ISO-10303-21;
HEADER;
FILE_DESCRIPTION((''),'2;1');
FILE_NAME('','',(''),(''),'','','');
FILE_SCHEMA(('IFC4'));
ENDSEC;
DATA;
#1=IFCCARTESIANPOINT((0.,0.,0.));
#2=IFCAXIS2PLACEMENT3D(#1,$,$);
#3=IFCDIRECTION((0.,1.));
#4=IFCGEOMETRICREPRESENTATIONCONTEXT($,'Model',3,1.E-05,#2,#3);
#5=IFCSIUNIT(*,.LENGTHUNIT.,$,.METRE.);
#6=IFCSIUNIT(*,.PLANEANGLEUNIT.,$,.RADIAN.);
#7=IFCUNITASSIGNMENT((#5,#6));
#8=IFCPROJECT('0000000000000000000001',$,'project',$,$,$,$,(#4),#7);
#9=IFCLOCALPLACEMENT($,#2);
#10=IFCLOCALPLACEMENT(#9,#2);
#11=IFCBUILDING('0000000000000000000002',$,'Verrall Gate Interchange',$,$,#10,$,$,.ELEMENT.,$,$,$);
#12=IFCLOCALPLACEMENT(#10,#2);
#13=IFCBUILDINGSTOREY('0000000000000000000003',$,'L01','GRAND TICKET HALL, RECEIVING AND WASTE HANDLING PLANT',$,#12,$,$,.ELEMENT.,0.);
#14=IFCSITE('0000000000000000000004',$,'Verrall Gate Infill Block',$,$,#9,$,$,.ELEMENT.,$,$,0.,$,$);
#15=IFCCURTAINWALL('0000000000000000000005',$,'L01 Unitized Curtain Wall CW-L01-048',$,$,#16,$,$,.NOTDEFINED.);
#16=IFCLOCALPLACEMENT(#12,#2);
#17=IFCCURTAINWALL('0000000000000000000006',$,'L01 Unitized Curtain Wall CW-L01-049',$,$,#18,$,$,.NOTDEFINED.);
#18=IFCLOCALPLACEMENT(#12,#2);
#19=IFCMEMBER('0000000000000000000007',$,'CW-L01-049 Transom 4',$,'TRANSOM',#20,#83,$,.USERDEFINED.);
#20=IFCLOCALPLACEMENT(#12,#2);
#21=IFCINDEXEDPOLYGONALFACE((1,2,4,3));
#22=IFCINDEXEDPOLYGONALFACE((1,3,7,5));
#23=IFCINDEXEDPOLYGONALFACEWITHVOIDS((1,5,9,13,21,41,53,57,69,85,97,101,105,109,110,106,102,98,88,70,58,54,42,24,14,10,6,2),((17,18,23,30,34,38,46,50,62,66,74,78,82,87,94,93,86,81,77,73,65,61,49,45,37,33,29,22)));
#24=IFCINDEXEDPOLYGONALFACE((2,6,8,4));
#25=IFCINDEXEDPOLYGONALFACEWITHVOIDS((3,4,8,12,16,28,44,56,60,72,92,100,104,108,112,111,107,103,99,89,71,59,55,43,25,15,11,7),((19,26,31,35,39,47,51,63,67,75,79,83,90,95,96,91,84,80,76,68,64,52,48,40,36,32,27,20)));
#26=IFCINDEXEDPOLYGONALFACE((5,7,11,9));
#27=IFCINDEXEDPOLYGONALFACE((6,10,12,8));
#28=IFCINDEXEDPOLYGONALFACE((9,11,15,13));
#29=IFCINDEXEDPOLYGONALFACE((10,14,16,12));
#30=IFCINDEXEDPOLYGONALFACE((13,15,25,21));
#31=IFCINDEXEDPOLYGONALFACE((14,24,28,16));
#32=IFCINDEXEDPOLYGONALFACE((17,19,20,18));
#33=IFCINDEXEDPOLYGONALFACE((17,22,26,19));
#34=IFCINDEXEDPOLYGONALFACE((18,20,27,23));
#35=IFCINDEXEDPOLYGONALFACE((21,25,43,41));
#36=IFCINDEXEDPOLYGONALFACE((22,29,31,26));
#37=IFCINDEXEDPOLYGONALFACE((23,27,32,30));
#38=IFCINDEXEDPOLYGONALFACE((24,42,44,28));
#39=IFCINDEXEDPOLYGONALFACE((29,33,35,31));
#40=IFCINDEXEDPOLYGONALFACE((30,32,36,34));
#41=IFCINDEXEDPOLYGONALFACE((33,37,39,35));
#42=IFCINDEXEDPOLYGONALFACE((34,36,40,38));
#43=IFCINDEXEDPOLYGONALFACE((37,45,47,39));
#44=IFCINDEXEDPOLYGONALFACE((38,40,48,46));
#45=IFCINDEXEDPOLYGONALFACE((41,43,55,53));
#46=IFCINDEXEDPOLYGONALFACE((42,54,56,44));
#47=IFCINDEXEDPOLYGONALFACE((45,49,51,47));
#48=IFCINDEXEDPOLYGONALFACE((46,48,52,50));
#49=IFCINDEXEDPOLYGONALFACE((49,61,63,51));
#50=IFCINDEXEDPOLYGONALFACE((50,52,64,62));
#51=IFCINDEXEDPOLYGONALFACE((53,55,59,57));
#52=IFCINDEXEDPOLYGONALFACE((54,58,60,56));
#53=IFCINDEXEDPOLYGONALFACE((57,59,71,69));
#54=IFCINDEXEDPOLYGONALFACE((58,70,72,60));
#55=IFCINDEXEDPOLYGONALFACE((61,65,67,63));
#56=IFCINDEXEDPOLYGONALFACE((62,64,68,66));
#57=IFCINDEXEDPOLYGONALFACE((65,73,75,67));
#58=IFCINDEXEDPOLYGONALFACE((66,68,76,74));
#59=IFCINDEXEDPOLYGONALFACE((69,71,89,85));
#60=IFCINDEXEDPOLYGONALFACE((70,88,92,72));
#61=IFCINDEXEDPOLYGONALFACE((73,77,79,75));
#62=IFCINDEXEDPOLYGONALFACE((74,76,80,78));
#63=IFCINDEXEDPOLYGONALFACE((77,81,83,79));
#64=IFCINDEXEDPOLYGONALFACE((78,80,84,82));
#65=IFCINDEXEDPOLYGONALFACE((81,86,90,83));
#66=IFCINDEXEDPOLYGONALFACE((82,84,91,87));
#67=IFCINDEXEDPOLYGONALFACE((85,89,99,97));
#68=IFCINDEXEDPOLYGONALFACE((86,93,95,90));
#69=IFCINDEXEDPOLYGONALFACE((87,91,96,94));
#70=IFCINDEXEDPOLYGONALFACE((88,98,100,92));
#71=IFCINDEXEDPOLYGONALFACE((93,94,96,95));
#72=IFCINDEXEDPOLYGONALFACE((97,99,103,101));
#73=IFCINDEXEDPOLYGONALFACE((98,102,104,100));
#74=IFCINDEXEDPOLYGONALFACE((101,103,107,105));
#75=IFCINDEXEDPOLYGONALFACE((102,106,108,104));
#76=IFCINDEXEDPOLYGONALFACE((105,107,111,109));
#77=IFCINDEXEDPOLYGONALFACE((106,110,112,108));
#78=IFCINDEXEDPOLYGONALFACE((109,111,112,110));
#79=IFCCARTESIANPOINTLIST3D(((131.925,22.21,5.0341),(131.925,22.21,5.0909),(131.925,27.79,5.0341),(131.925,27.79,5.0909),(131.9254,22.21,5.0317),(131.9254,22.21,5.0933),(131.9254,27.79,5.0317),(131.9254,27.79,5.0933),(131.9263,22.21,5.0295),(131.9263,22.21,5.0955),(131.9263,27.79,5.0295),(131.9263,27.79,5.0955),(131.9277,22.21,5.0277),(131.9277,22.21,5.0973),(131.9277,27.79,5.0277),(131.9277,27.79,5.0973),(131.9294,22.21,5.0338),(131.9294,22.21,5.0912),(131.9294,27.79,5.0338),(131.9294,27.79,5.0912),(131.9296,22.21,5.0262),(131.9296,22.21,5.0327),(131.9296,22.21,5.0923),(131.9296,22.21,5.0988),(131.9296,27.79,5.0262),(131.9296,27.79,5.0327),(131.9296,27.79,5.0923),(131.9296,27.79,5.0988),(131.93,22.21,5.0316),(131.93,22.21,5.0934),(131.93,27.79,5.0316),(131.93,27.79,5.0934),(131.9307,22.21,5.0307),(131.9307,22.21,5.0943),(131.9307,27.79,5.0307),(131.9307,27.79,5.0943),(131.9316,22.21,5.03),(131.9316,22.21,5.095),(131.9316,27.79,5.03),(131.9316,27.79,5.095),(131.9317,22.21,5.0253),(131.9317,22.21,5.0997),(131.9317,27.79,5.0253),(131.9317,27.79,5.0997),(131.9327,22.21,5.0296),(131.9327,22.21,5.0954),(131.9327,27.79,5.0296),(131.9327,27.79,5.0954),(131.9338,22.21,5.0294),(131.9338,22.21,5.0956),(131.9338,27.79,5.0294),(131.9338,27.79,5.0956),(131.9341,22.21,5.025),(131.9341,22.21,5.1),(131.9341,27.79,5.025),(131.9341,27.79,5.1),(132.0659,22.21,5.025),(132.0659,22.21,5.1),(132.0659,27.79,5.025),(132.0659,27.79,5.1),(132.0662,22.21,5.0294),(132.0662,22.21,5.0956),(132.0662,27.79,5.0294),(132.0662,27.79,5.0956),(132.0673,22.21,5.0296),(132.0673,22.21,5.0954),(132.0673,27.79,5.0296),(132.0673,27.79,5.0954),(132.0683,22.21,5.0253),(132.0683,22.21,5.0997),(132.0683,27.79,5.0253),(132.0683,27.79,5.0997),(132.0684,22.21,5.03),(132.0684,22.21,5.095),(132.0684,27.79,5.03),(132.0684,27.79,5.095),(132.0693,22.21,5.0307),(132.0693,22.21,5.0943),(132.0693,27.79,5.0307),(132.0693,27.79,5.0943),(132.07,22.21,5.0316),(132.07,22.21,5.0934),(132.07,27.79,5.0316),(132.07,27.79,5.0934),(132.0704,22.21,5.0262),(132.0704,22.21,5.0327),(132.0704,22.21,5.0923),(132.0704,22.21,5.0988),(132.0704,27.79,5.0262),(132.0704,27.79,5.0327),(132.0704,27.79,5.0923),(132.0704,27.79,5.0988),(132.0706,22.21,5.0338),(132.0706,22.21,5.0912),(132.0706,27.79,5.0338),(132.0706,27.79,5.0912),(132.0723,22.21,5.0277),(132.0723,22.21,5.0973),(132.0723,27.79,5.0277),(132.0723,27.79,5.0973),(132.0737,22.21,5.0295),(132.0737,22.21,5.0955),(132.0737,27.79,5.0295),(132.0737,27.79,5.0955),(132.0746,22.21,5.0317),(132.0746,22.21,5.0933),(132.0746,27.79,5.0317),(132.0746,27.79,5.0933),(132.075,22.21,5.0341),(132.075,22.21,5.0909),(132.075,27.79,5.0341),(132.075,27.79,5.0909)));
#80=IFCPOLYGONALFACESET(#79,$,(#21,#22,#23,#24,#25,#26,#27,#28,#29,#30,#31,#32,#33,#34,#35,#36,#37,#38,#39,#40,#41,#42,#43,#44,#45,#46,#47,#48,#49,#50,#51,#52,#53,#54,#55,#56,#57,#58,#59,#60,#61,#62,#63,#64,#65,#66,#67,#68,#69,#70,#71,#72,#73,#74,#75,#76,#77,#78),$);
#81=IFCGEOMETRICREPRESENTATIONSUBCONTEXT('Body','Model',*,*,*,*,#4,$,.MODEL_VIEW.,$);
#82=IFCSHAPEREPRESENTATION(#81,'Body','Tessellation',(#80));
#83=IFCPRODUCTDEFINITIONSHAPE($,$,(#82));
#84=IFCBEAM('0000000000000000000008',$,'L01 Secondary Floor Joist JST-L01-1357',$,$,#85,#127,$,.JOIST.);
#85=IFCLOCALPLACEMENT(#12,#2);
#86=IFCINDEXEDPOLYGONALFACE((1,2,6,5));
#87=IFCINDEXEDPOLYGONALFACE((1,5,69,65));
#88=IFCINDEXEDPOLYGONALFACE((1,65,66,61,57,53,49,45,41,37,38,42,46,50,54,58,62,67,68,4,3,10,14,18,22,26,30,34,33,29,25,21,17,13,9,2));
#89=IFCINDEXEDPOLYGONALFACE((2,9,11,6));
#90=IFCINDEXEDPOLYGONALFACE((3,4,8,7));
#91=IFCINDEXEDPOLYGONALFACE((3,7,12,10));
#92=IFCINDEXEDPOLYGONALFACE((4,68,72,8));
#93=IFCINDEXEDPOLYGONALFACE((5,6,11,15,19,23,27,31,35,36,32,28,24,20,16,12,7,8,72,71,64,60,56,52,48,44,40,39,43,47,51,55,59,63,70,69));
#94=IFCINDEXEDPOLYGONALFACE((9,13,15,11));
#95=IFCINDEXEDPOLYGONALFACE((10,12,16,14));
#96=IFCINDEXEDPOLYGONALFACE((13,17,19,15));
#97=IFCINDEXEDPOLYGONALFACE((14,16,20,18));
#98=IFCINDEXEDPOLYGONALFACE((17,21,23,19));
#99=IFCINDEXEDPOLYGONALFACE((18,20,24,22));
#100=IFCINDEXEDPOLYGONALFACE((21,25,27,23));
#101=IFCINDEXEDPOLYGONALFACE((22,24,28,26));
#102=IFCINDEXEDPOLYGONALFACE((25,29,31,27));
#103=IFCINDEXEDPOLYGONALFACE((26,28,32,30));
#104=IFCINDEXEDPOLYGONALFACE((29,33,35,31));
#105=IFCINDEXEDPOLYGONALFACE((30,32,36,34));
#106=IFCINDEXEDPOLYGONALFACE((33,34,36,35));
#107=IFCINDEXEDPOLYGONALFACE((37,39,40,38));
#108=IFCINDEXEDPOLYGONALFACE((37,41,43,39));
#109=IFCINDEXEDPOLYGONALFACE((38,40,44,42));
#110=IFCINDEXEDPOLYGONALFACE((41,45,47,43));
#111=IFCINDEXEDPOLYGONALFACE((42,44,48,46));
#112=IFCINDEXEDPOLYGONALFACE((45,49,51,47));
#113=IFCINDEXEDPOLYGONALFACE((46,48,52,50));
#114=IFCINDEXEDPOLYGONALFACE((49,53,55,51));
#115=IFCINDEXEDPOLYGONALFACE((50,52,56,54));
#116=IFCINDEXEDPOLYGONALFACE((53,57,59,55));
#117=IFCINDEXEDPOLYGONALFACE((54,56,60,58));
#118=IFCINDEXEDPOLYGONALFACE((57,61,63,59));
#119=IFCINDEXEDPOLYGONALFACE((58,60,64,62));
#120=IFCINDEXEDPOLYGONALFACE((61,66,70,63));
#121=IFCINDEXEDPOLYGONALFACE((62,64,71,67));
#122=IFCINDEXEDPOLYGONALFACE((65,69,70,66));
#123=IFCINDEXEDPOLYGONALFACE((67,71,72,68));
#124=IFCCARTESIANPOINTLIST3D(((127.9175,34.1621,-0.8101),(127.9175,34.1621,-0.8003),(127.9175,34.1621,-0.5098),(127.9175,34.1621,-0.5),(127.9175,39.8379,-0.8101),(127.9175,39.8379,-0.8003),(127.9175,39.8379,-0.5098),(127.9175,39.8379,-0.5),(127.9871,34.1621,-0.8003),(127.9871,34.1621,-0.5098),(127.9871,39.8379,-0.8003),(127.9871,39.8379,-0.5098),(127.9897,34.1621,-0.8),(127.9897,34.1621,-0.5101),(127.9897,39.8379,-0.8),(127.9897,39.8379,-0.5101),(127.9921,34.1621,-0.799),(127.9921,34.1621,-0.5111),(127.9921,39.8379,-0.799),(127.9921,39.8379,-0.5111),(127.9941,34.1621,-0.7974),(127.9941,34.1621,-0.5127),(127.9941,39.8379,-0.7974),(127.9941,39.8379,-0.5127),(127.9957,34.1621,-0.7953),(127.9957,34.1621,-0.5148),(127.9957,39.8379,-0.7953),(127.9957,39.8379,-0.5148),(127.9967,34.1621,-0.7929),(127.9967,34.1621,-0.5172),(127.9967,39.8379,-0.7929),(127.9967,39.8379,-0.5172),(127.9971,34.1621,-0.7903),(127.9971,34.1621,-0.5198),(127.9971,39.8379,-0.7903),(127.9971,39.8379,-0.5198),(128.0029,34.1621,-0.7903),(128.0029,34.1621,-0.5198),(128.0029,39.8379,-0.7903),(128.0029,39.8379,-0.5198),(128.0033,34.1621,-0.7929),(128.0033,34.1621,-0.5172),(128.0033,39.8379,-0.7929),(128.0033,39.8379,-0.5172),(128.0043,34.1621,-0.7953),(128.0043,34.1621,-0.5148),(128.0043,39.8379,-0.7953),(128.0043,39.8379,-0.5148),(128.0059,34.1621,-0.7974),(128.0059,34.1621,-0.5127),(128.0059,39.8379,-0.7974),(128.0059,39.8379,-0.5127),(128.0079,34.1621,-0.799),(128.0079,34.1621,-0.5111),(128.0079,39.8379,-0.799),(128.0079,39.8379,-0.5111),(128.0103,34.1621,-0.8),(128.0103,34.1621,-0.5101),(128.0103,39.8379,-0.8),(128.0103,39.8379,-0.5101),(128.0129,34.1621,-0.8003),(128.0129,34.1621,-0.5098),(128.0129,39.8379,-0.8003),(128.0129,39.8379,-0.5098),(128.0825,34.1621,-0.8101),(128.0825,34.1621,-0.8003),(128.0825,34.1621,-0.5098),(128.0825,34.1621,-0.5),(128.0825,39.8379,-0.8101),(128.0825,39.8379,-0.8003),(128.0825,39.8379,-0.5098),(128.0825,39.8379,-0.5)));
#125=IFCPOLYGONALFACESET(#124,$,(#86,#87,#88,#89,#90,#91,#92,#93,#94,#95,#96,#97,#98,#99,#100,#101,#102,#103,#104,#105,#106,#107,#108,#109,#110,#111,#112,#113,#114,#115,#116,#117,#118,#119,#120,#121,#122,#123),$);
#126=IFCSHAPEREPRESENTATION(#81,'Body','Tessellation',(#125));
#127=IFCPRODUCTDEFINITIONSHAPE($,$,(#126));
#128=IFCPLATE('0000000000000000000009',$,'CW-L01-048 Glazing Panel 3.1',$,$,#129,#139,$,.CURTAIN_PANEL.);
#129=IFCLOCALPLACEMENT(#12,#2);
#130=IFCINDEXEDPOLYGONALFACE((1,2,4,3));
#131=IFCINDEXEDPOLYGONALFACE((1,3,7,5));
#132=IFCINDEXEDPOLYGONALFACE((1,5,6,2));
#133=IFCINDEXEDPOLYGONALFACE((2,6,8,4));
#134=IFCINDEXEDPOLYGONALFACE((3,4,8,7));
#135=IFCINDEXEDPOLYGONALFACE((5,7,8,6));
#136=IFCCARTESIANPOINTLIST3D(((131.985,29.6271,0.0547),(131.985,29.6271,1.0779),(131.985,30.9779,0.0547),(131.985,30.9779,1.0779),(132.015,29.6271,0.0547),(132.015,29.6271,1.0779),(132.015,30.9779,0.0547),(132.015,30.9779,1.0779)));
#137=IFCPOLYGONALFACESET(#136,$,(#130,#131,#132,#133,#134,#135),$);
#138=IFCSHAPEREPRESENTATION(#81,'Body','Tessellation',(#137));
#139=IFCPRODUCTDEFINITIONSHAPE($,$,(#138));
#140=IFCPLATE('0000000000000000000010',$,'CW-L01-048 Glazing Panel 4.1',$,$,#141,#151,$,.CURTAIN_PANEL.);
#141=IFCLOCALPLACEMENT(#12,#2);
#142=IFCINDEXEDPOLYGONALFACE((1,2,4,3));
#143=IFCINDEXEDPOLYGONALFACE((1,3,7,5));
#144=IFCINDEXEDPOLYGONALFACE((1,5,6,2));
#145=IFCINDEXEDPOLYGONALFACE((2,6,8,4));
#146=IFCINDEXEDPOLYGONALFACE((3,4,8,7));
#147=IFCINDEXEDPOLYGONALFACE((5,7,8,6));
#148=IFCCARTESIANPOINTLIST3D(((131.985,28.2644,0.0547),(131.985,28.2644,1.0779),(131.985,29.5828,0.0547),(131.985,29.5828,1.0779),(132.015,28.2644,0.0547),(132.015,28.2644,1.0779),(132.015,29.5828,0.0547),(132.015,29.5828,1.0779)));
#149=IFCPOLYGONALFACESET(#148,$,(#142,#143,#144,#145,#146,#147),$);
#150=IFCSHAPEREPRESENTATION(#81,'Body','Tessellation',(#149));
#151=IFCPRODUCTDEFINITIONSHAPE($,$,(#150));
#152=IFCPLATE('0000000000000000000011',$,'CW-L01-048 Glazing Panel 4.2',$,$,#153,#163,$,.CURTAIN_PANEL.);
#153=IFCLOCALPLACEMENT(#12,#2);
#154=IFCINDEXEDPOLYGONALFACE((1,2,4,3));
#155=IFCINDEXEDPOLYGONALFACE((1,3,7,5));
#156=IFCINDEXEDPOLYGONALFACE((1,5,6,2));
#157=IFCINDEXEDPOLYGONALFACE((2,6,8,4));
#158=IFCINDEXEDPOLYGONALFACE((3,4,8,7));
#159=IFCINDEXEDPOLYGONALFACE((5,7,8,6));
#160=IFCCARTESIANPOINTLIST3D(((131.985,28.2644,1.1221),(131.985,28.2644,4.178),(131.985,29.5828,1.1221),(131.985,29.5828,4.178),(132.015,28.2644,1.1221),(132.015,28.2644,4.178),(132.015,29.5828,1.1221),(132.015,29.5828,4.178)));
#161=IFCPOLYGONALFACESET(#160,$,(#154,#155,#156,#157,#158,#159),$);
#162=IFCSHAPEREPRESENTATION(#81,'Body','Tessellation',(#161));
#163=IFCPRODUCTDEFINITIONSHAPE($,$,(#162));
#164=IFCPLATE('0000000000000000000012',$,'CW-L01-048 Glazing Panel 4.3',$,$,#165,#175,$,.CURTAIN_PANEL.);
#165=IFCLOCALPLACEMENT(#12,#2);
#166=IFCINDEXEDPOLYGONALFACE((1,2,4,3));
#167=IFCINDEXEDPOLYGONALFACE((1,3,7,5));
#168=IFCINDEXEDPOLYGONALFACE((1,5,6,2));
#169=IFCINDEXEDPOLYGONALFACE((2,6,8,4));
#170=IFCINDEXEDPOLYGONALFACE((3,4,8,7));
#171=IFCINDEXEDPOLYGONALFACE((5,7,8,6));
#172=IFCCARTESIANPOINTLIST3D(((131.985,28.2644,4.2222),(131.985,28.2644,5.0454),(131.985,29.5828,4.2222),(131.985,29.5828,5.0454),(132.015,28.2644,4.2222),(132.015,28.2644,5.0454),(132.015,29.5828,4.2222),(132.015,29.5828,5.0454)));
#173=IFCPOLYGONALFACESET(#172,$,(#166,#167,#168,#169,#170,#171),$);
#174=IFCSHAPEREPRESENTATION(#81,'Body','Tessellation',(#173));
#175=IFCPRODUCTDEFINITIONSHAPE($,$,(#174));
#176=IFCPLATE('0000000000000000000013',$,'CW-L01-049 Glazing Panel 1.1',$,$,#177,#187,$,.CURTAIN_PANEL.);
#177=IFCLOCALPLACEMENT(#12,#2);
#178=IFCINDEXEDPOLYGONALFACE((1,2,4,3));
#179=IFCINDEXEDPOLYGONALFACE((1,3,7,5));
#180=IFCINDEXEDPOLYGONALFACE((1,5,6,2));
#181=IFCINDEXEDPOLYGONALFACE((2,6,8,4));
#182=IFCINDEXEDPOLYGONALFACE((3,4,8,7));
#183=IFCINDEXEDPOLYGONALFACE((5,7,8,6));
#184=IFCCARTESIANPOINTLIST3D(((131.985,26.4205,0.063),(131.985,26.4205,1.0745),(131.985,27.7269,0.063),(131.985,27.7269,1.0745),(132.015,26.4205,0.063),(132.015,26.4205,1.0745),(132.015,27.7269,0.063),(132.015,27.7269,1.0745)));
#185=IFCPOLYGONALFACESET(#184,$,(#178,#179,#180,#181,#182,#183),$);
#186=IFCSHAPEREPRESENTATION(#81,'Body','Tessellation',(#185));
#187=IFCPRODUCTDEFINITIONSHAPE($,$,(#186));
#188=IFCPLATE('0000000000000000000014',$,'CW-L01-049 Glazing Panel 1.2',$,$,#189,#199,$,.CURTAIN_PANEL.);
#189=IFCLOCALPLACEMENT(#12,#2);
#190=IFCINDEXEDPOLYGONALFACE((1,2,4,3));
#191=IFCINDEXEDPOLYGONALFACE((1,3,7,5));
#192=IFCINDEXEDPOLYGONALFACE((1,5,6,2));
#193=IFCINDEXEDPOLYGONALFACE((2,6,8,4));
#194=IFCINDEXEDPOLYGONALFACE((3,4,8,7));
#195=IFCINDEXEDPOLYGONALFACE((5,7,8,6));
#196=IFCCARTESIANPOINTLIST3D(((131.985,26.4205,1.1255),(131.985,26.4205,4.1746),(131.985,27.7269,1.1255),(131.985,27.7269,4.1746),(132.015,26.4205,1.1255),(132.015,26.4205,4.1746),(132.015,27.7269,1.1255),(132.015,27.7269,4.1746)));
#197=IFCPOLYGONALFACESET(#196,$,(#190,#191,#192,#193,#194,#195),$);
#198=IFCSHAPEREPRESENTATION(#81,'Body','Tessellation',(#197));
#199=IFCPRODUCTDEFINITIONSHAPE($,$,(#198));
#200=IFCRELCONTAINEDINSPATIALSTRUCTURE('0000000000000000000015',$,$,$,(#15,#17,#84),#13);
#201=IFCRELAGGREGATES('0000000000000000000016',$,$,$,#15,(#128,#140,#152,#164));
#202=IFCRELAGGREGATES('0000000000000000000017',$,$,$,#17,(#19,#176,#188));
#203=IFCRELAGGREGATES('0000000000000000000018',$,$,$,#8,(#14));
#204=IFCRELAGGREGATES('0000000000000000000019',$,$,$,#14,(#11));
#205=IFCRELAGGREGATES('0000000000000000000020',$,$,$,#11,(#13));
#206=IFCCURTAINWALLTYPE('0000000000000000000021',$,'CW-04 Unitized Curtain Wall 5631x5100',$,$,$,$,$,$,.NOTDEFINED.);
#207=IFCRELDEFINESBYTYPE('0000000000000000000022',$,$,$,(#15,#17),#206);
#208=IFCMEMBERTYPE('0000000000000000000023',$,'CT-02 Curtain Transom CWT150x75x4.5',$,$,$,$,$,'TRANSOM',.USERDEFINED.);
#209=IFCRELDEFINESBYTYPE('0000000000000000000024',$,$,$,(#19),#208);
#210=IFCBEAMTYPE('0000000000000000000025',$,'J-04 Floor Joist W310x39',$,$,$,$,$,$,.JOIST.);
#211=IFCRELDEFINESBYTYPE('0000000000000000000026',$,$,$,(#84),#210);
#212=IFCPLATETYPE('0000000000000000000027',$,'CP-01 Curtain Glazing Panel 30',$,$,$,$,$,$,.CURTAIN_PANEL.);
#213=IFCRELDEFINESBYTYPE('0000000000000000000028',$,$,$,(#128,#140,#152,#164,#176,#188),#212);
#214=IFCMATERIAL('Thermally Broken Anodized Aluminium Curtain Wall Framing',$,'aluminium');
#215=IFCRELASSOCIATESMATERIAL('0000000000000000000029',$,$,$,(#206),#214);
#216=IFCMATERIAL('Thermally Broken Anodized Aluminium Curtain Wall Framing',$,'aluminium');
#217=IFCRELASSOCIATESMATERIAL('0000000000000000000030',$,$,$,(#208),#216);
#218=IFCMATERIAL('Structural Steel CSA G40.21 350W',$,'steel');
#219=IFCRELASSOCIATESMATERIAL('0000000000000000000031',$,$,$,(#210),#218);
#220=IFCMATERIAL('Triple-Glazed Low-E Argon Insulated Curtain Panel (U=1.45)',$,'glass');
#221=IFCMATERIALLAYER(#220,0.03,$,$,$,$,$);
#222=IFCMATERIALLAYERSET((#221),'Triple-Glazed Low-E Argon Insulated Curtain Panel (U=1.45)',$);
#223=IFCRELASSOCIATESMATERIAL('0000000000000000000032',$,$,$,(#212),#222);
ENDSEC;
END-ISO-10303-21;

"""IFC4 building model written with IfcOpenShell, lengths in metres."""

from ifc_helpers import new_model, si_unit, direction, frame, origin, origin_2d, place, context, subcontext, project, spatial, rectangle, hollow_rectangle, i_section, extrude, material, layer, layer_set, material_profile, profile_set, type_object, element, aggregate, save


model = new_model("IFC4")

# Units and contexts
model_context = context("Model", 3, precision=1e-05, world=origin(), true_north=direction((0.0, 1.0)))
body_context = subcontext(model_context, "Body", "Model", "MODEL_VIEW")
ifc_project = project(units=[si_unit("LENGTHUNIT", "METRE"), si_unit("PLANEANGLEUNIT", "RADIAN")], contexts=[model_context])

# Site, building, storey
site_placement = place(None, origin())
site = spatial("IfcSite", under=ifc_project, at=site_placement, Name="Verrall Gate Infill Block", CompositionType="ELEMENT", RefElevation=0.0)
building_placement = place(site_placement, origin())
building = spatial("IfcBuilding", under=site, at=building_placement, Name="Verrall Gate Interchange", CompositionType="ELEMENT")
storey_placement = place(building_placement, origin())
storey = spatial("IfcBuildingStorey", under=building, at=storey_placement, Name="L01", Description="GRAND TICKET HALL, RECEIVING AND WASTE HANDLING PLANT", CompositionType="ELEMENT", Elevation=0.0)

# Curtain walls, member
ifc_material_1 = material(Name="Thermally Broken Anodized Aluminium Curtain Wall Framing", Category="aluminium")
curtain_wall_type = type_object("IfcCurtainWallType", Name="CW-04 Unitized Curtain Wall 5631x5100", PredefinedType="NOTDEFINED", material=ifc_material_1)
curtain_wall_1_placement = place(storey_placement, origin())
curtain_wall_1 = element("IfcCurtainWall", 1, at=curtain_wall_1_placement, inside=storey, type_object=curtain_wall_type, Name="L01 Unitized Curtain Wall CW-L01-048", PredefinedType="NOTDEFINED")
curtain_wall_2_placement = place(storey_placement, origin())
curtain_wall_2 = element("IfcCurtainWall", 2, at=curtain_wall_2_placement, inside=storey, type_object=curtain_wall_type, Name="L01 Unitized Curtain Wall CW-L01-049", PredefinedType="NOTDEFINED")
ifc_material_2 = material(Name="Thermally Broken Anodized Aluminium Curtain Wall Framing", Category="aluminium")
ifc_material_profile_1 = material_profile(ifc_material_2, hollow_rectangle(XDim=0.1499, YDim=0.075, WallThickness=0.0044, InnerFilletRadius=0.0044, OuterFilletRadius=0.009, at=origin_2d()), Name="CWT150x75x4.5")
ifc_profile_set_1 = profile_set([ifc_material_profile_1], Name="Thermally Broken Anodized Aluminium Curtain Wall Framing")
member_type_1 = type_object("IfcMemberType", Name="CT-02 Curtain Transom CWT150x75x4.5", ElementType="TRANSOM", PredefinedType="USERDEFINED", material=ifc_profile_set_1)
member_1_placement = place(storey_placement, frame((132.0, 27.79, 5.0625), z_axis=(0.0, -1.0, 0.0), x_axis=(1.0, 0.0, 0.0)))
member_1 = element("IfcMember", 3, at=member_1_placement, type_object=member_type_1, Name="CW-L01-049 Transom 4", ObjectType="TRANSOM", PredefinedType="USERDEFINED", context=body_context, shape_type="SweptSolid", body=[
    extrude(hollow_rectangle(XDim=0.1499, YDim=0.075, WallThickness=0.0044, InnerFilletRadius=0.0044, OuterFilletRadius=0.009, at=origin_2d()), origin(), (0.0, 0.0, 1.0), 5.5801),
])

# Beam
ifc_material_3 = material(Name="Structural Steel CSA G40.21 350W", Category="steel")
ifc_material_profile_2 = material_profile(ifc_material_3, i_section(OverallWidth=0.165, OverallDepth=0.3101, WebThickness=0.0059, FlangeThickness=0.0098, FilletRadius=0.01, at=origin_2d()), Name="W310x39")
ifc_profile_set_2 = profile_set([ifc_material_profile_2], Name="Structural Steel CSA G40.21 350W")
beam_type_1 = type_object("IfcBeamType", Name="J-04 Floor Joist W310x39", PredefinedType="JOIST", material=ifc_profile_set_2)
beam_1_placement = place(storey_placement, frame((128.0, 34.1621, -0.655), z_axis=(0.0, 1.0, 0.0), x_axis=(-1.0, 0.0, 0.0)))
element("IfcBeam", 4, at=beam_1_placement, inside=storey, type_object=beam_type_1, Name="L01 Secondary Floor Joist JST-L01-1357", PredefinedType="JOIST", context=body_context, shape_type="SweptSolid", body=[
    extrude(i_section(OverallWidth=0.165, OverallDepth=0.3101, WebThickness=0.0059, FlangeThickness=0.0098, FilletRadius=0.01, at=origin_2d()), origin(), (0.0, 0.0, 1.0), 5.6758),
])

# Plates
ifc_material_4 = material(Name="Triple-Glazed Low-E Argon Insulated Curtain Panel (U=1.45)", Category="glass")
ifc_layer = layer(ifc_material_4, 0.03)
ifc_layer_set = layer_set([ifc_layer], Name="Triple-Glazed Low-E Argon Insulated Curtain Panel (U=1.45)")
plate_type = type_object("IfcPlateType", Name="CP-01 Curtain Glazing Panel 30", PredefinedType="CURTAIN_PANEL", material=ifc_layer_set)
plate_1_placement = place(storey_placement, frame((132.0, 30.3025, 0.0547), z_axis=(0.0, 0.0, 1.0), x_axis=(0.0, -1.0, 0.0)))
plate_1 = element("IfcPlate", 5, at=plate_1_placement, type_object=plate_type, Name="CW-L01-048 Glazing Panel 3.1", PredefinedType="CURTAIN_PANEL", context=body_context, shape_type="SweptSolid", body=[
    extrude(rectangle(XDim=1.3508, YDim=0.03, at=origin_2d()), origin(), (0.0, 0.0, 1.0), 1.0232),
])
plate_2_placement = place(storey_placement, frame((132.0, 28.9236, 0.0547), z_axis=(0.0, 0.0, 1.0), x_axis=(0.0, -1.0, 0.0)))
plate_2 = element("IfcPlate", 6, at=plate_2_placement, type_object=plate_type, Name="CW-L01-048 Glazing Panel 4.1", PredefinedType="CURTAIN_PANEL", context=body_context, shape_type="SweptSolid", body=[
    extrude(rectangle(XDim=1.3184, YDim=0.03, at=origin_2d()), origin(), (0.0, 0.0, 1.0), 1.0232),
])
plate_3_placement = place(storey_placement, frame((132.0, 28.9236, 1.1221), z_axis=(0.0, 0.0, 1.0), x_axis=(0.0, -1.0, 0.0)))
plate_3 = element("IfcPlate", 7, at=plate_3_placement, type_object=plate_type, Name="CW-L01-048 Glazing Panel 4.2", PredefinedType="CURTAIN_PANEL", context=body_context, shape_type="SweptSolid", body=[
    extrude(rectangle(XDim=1.3184, YDim=0.03, at=origin_2d()), origin(), (0.0, 0.0, 1.0), 3.0559),
])
plate_4_placement = place(storey_placement, frame((132.0, 28.9236, 4.2222), z_axis=(0.0, 0.0, 1.0), x_axis=(0.0, -1.0, 0.0)))
plate_4 = element("IfcPlate", 8, at=plate_4_placement, type_object=plate_type, Name="CW-L01-048 Glazing Panel 4.3", PredefinedType="CURTAIN_PANEL", context=body_context, shape_type="SweptSolid", body=[
    extrude(rectangle(XDim=1.3184, YDim=0.03, at=origin_2d()), origin(), (0.0, 0.0, 1.0), 0.8232),
])
aggregate(curtain_wall_1, [plate_1, plate_2, plate_3, plate_4])
plate_5_placement = place(storey_placement, frame((132.0, 27.0737, 0.063), z_axis=(0.0, 0.0, 1.0), x_axis=(0.0, -1.0, 0.0)))
plate_5 = element("IfcPlate", 9, at=plate_5_placement, type_object=plate_type, Name="CW-L01-049 Glazing Panel 1.1", PredefinedType="CURTAIN_PANEL", context=body_context, shape_type="SweptSolid", body=[
    extrude(rectangle(XDim=1.3064, YDim=0.03, at=origin_2d()), origin(), (0.0, 0.0, 1.0), 1.0115),
])
plate_6_placement = place(storey_placement, frame((132.0, 27.0737, 1.1255), z_axis=(0.0, 0.0, 1.0), x_axis=(0.0, -1.0, 0.0)))
plate_6 = element("IfcPlate", 10, at=plate_6_placement, type_object=plate_type, Name="CW-L01-049 Glazing Panel 1.2", PredefinedType="CURTAIN_PANEL", context=body_context, shape_type="SweptSolid", body=[
    extrude(rectangle(XDim=1.3064, YDim=0.03, at=origin_2d()), origin(), (0.0, 0.0, 1.0), 3.0491),
])
aggregate(curtain_wall_2, [member_1, plate_5, plate_6])

save(model, "model.ifc")
